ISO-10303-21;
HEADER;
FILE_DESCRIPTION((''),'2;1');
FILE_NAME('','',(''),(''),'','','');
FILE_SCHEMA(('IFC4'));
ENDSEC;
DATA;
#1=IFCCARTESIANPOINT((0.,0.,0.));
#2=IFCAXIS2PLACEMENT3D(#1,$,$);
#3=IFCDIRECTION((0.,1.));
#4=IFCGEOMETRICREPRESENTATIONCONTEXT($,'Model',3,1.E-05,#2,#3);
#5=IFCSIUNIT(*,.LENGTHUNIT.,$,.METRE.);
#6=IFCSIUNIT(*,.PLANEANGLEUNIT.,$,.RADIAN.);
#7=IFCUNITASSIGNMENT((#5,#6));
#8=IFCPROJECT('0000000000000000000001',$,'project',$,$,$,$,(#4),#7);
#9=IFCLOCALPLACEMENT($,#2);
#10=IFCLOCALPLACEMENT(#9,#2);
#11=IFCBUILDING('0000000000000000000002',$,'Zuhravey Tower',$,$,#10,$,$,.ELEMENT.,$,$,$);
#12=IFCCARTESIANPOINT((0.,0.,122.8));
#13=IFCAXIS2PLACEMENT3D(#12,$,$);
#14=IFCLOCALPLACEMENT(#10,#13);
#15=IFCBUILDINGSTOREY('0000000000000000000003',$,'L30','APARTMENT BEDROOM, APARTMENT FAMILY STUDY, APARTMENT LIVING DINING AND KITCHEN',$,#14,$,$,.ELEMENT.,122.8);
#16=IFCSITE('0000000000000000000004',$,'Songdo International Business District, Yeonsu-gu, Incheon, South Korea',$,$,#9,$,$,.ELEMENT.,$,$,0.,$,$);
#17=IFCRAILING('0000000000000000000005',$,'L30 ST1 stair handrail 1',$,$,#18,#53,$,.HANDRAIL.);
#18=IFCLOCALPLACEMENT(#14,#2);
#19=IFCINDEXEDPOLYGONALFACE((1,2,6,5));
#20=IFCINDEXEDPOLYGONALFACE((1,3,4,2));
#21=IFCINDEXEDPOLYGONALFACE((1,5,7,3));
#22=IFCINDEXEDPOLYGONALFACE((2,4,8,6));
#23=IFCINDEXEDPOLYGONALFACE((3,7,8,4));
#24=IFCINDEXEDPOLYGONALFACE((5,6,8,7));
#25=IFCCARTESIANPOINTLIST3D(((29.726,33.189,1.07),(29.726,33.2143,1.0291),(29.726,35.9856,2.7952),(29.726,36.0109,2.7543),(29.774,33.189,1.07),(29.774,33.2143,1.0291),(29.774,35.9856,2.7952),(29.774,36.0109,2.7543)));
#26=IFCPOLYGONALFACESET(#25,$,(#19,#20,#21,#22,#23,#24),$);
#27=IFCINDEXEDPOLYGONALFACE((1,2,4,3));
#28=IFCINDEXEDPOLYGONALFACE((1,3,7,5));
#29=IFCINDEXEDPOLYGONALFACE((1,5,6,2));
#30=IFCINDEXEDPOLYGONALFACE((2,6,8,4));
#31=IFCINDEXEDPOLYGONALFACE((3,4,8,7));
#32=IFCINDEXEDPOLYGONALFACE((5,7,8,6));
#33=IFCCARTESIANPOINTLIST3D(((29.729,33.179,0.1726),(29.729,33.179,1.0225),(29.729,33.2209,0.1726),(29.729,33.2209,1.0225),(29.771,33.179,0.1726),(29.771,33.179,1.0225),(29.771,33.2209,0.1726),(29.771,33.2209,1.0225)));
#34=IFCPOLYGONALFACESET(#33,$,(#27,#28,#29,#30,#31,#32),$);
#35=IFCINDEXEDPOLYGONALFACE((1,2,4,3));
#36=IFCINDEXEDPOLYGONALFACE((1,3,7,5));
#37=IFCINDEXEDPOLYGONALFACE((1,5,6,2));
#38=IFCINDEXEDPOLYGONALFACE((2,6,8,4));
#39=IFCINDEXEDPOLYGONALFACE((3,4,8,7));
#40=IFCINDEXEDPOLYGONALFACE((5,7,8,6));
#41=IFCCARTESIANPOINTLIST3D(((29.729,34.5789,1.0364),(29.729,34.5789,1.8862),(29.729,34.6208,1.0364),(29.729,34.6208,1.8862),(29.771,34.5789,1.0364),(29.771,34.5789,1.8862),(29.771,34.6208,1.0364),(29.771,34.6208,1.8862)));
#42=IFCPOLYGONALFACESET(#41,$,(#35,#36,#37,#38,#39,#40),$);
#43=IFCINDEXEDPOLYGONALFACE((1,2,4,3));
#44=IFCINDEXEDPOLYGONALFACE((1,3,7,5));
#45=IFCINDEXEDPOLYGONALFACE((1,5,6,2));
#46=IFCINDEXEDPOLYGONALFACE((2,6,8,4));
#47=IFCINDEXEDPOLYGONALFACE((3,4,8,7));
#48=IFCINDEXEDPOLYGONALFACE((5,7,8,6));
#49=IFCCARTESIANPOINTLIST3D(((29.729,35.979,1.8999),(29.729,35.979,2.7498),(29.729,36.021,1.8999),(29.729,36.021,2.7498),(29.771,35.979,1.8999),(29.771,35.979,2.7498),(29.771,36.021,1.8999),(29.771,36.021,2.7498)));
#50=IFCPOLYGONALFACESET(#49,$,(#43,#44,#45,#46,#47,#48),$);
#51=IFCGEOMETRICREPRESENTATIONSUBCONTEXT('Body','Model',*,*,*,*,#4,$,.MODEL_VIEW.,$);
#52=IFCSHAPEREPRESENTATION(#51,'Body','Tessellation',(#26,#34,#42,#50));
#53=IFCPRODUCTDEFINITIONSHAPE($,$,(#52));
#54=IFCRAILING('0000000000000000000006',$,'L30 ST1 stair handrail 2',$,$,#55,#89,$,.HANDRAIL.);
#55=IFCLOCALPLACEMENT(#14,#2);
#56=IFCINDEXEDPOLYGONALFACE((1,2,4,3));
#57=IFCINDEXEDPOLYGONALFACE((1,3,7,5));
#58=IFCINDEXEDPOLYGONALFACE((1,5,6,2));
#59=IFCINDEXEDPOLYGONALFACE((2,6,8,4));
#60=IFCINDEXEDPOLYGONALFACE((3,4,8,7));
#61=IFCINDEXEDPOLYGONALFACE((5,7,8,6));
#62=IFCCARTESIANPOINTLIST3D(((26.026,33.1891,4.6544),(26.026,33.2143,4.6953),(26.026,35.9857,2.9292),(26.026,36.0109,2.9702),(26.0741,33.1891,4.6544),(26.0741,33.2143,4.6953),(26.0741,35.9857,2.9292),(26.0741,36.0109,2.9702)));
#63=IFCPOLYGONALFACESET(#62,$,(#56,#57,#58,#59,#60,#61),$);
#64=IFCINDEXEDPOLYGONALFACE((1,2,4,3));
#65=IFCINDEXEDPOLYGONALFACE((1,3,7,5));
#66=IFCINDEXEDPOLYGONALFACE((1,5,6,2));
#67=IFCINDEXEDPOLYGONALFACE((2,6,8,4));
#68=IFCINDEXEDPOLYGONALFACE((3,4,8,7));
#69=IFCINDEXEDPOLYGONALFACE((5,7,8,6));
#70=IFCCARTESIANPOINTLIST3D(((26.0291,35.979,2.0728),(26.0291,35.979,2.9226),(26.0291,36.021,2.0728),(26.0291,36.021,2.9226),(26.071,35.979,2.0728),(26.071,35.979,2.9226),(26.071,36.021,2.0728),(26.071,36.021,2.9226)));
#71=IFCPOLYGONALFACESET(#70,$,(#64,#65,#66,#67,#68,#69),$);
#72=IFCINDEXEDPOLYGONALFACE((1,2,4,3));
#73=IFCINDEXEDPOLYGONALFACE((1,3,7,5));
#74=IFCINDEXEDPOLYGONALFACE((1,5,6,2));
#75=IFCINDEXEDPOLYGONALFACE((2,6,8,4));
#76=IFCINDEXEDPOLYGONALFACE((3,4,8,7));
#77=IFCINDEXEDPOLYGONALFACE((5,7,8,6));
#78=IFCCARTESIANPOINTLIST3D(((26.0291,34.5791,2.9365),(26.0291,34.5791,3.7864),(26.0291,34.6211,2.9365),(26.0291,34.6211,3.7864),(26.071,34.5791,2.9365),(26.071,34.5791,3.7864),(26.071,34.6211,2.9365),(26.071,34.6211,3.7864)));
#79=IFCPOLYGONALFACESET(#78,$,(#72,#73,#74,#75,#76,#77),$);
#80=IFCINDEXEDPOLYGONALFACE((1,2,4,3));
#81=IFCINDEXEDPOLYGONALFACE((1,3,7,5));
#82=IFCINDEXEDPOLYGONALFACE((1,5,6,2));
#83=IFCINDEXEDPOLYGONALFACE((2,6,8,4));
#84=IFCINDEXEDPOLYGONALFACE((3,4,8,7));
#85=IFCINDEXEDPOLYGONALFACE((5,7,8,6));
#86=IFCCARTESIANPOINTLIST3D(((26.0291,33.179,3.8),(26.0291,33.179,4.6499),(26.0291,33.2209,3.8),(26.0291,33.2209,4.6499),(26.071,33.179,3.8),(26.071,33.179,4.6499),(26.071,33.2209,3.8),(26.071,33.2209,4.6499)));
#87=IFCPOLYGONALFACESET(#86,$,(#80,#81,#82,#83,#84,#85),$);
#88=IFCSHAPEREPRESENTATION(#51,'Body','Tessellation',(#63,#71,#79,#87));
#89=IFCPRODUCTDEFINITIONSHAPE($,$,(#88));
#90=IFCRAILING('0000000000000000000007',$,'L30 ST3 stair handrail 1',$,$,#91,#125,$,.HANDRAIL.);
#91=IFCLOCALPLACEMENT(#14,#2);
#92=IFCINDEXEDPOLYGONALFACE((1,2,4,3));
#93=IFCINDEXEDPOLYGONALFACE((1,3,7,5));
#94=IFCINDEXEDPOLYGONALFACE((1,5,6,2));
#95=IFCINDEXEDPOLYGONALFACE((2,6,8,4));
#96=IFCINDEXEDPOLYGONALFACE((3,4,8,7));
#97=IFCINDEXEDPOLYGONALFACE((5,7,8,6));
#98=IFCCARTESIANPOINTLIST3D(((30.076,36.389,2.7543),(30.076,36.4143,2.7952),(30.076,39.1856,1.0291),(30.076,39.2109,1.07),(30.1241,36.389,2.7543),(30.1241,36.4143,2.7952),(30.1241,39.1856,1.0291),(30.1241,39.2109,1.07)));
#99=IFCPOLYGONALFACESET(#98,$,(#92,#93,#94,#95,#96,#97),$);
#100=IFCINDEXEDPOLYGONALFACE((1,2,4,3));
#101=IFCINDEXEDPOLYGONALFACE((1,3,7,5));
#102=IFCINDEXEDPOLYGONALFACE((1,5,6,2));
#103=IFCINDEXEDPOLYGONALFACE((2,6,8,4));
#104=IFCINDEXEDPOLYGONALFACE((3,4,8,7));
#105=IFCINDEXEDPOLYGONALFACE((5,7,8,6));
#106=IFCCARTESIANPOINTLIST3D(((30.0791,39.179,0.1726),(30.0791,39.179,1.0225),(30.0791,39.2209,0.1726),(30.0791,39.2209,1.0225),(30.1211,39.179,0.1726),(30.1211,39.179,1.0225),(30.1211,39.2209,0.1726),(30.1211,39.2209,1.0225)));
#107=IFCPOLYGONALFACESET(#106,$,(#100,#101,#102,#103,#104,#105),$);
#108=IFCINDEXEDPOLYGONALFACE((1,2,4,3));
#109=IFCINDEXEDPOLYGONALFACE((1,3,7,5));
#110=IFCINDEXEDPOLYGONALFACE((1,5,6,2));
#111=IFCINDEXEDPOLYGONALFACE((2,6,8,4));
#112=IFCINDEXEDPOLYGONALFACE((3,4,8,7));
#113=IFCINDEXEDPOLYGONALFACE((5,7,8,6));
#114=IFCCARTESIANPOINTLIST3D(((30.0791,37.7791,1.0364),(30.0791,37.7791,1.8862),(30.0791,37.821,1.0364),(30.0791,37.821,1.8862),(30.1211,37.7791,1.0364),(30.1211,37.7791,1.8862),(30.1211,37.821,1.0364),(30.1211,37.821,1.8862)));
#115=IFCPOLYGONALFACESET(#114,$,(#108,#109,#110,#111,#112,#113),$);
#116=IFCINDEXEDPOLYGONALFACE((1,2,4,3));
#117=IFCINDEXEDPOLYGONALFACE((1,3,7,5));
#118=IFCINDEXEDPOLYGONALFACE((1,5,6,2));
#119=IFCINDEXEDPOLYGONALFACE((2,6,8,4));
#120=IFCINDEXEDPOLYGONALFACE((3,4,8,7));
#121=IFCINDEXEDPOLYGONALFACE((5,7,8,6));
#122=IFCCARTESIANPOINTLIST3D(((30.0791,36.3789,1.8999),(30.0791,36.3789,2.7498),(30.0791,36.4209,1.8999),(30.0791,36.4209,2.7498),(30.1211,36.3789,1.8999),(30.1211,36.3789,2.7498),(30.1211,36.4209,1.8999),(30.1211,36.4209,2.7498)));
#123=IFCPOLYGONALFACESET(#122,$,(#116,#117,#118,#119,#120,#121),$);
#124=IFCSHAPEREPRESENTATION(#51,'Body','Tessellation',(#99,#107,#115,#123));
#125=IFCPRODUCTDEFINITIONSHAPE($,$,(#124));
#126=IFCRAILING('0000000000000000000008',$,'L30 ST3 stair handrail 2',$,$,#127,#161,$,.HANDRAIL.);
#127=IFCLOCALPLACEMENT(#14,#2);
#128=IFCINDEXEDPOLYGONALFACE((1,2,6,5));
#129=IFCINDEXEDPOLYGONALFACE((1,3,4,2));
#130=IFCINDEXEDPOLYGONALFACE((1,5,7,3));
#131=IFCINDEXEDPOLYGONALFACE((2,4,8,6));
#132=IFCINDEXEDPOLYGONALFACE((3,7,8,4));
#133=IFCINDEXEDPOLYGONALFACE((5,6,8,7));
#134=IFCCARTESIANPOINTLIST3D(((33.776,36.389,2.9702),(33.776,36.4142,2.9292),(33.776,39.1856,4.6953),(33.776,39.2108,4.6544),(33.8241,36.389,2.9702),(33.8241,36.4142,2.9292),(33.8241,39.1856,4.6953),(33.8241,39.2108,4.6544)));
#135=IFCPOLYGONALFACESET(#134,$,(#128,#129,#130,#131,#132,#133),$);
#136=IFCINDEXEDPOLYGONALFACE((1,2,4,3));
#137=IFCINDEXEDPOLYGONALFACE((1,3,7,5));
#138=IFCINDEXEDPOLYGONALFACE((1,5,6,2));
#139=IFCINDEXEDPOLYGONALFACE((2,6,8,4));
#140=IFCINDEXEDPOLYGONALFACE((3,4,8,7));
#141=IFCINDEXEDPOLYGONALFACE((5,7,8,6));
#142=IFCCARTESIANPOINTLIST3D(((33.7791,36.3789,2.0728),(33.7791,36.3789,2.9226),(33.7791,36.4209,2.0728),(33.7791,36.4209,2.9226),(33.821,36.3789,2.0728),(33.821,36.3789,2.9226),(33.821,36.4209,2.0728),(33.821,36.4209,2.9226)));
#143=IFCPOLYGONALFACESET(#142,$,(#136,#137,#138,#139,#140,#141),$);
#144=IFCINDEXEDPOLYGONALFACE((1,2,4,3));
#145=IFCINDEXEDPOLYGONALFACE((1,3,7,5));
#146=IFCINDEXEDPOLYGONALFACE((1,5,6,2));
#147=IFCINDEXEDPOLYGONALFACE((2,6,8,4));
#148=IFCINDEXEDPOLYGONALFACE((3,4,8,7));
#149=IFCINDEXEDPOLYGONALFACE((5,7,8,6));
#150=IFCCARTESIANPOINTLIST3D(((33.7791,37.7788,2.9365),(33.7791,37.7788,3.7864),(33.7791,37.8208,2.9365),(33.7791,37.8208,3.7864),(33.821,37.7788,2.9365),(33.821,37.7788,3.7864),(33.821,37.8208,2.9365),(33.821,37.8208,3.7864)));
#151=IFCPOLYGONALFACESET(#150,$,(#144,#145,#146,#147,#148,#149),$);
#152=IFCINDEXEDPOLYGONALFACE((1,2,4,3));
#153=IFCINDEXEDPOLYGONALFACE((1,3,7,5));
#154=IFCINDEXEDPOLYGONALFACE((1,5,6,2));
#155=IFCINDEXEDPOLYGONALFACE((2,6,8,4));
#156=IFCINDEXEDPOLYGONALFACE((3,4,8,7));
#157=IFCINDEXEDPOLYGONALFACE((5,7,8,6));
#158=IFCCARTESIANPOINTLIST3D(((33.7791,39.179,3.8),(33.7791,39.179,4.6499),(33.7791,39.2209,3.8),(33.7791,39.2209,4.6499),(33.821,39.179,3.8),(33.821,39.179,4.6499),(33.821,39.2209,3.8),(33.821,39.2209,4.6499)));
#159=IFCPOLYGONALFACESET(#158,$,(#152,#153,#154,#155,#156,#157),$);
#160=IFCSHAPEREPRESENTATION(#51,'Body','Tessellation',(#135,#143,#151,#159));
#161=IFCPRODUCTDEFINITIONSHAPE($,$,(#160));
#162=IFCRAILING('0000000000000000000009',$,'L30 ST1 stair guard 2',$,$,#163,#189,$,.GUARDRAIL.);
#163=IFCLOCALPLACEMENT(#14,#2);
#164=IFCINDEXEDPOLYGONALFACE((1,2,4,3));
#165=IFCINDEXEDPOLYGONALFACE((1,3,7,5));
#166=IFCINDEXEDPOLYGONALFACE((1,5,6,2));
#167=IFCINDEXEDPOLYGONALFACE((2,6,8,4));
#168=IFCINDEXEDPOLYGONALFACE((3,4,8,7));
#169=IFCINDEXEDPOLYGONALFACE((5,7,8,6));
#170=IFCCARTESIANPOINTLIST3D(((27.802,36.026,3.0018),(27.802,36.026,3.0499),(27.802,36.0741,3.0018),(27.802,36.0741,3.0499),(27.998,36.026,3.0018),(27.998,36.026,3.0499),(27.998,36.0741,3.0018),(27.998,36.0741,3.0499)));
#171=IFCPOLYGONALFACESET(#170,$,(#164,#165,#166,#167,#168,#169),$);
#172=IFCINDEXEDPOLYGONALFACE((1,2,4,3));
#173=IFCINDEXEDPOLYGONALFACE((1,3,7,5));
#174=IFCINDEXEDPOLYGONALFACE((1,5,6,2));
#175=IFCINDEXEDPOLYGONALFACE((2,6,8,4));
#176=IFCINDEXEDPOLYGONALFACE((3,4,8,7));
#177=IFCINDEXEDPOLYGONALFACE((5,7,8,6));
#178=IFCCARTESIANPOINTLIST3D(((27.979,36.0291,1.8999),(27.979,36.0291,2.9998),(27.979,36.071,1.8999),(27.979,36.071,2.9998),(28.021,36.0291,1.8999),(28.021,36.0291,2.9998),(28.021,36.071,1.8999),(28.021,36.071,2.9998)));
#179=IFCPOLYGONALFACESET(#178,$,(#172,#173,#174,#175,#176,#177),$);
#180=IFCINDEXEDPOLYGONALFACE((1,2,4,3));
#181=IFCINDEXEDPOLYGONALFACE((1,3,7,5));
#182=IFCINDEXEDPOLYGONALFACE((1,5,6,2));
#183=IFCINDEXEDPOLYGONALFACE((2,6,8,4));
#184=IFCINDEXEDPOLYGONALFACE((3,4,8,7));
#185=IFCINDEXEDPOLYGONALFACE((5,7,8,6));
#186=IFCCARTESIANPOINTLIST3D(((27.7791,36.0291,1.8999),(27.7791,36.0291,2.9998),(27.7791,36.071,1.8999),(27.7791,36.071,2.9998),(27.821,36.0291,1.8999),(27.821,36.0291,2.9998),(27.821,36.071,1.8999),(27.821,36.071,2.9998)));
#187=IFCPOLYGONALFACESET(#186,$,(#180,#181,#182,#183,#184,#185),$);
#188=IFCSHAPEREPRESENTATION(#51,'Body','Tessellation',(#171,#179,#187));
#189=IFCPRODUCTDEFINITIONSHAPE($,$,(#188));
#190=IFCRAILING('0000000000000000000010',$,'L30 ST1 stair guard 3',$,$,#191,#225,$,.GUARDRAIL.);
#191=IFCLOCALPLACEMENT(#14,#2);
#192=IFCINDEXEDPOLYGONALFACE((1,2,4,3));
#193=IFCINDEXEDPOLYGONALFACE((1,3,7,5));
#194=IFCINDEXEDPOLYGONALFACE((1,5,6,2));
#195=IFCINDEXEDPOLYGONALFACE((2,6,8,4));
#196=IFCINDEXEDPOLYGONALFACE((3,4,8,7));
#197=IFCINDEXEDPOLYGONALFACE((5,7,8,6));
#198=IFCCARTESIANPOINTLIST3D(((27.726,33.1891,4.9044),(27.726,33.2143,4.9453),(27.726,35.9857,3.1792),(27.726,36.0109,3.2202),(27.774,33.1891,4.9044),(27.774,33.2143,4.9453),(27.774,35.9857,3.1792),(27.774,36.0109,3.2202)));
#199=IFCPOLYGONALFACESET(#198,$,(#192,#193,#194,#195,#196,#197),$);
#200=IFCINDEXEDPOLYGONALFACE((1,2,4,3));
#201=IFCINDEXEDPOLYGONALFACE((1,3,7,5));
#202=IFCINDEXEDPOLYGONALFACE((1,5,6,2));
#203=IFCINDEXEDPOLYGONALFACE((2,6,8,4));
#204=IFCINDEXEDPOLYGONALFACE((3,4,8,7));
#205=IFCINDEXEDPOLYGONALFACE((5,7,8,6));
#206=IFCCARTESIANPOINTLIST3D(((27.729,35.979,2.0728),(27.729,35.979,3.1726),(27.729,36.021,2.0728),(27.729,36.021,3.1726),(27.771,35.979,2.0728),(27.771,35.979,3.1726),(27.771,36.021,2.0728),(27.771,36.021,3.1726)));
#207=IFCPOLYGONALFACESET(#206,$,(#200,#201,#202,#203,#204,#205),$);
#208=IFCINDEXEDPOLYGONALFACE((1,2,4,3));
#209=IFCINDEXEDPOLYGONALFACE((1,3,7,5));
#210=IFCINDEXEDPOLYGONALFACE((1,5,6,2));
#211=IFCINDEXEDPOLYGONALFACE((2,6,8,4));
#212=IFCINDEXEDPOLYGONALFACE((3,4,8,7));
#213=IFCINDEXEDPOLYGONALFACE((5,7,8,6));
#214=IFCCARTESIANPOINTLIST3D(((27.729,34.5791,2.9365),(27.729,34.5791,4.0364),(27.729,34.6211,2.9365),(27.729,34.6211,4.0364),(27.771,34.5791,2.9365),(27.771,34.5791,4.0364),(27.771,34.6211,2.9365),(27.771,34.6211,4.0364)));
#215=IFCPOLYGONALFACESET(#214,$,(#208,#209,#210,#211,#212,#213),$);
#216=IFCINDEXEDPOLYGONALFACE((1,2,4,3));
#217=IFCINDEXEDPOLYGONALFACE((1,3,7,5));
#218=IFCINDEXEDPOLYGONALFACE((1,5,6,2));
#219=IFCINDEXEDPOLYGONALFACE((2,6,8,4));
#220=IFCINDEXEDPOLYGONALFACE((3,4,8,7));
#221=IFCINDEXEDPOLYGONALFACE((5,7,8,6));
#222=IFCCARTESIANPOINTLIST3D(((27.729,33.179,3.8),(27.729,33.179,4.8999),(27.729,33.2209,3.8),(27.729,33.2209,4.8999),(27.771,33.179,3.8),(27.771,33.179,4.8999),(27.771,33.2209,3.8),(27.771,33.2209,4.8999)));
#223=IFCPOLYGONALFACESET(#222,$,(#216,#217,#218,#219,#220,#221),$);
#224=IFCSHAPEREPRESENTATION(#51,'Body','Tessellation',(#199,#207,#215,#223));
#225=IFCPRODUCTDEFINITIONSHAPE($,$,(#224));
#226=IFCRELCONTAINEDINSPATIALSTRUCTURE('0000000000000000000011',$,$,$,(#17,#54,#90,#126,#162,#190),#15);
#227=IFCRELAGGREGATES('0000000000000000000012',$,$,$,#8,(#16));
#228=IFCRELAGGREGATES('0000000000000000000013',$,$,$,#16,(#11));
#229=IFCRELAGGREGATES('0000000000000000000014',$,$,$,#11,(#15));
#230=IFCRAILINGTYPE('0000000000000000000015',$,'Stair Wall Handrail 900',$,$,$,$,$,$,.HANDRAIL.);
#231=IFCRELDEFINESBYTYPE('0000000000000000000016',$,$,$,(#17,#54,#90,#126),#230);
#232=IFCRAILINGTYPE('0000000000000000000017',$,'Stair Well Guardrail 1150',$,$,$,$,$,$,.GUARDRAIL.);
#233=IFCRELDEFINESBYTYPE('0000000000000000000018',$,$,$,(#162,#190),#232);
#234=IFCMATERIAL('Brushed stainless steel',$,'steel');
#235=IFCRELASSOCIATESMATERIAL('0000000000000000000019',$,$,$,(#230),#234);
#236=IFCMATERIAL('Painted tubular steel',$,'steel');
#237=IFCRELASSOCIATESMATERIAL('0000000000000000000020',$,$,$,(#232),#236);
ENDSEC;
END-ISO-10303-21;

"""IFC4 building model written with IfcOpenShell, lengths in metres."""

from ifc_helpers import new_model, si_unit, direction, frame, origin, origin_2d, place, context, subcontext, project, spatial, rectangle, extrude, material, type_object, element, save


model = new_model("IFC4")

# Units and contexts
model_context = context("Model", 3, precision=1e-05, world=origin(), true_north=direction((0.0, 1.0)))
body_context = subcontext(model_context, "Body", "Model", "MODEL_VIEW")
ifc_project = project(units=[si_unit("LENGTHUNIT", "METRE"), si_unit("PLANEANGLEUNIT", "RADIAN")], contexts=[model_context])

# Site, building, storey
site_placement = place(None, origin())
site = spatial("IfcSite", under=ifc_project, at=site_placement, Name="Songdo International Business District, Yeonsu-gu, Incheon, South Korea", CompositionType="ELEMENT", RefElevation=0.0)
building_placement = place(site_placement, origin())
building = spatial("IfcBuilding", under=site, at=building_placement, Name="Zuhravey Tower", CompositionType="ELEMENT")
storey_placement = place(building_placement, frame((0.0, 0.0, 122.8)))
storey = spatial("IfcBuildingStorey", under=building, at=storey_placement, Name="L30", Description="APARTMENT BEDROOM, APARTMENT FAMILY STUDY, APARTMENT LIVING DINING AND KITCHEN", CompositionType="ELEMENT", Elevation=122.8)

# Railings
ifc_material_1 = material(Name="Brushed stainless steel", Category="steel")
railing_type_1 = type_object("IfcRailingType", Name="Stair Wall Handrail 900", PredefinedType="HANDRAIL", material=ifc_material_1)
railing_1_placement = place(storey_placement, frame((29.75, 33.2, 0.1726)))
element("IfcRailing", 1, at=railing_1_placement, inside=storey, type_object=railing_type_1, Name="L30 ST1 stair handrail 1", PredefinedType="HANDRAIL", context=body_context, shape_type="SweptSolid", body=[
    extrude(rectangle(XDim=0.0481, YDim=0.0481, at=origin_2d()), frame((0.0, 0.0017, 0.877), z_axis=(0.0, 0.85109, 0.52502), x_axis=(-1.0, 0.0, 0.0)), (0.0, 0.0, 1.0), 3.2859),
    extrude(rectangle(XDim=0.042, YDim=0.042, at=origin_2d()), origin(), (0.0, 0.0, 1.0), 0.8499),
    extrude(rectangle(XDim=0.042, YDim=0.042, at=origin_2d()), frame((0.0, 1.3999, 0.8638)), (0.0, 0.0, 1.0), 0.8499),
    extrude(rectangle(XDim=0.042, YDim=0.042, at=origin_2d()), frame((0.0, 2.8, 1.7273)), (0.0, 0.0, 1.0), 0.8499),
])
for number, where, name in (
    (2, (26.05, 36.0, 2.0728), "L30 ST1 stair handrail 2"),
    (3, (30.1001, 39.2, 0.1726), "L30 ST3 stair handrail 1"),
):
    element("IfcRailing", number, at=place(storey_placement, frame(where)), inside=storey, type_object=railing_type_1, Name=name, PredefinedType="HANDRAIL", context=body_context, shape_type="SweptSolid", body=[
        extrude(rectangle(XDim=0.0481, YDim=0.0481, at=origin_2d()), frame((0.0, -0.0017, 0.877), z_axis=(0.0, -0.85109, 0.52502), x_axis=(1.0, 0.0, 0.0)), (0.0, 0.0, 1.0), 3.2859),
        extrude(rectangle(XDim=0.042, YDim=0.042, at=origin_2d()), origin(), (0.0, 0.0, 1.0), 0.8499),
        extrude(rectangle(XDim=0.042, YDim=0.042, at=origin_2d()), frame((0.0, -1.3999, 0.8638)), (0.0, 0.0, 1.0), 0.8499),
        extrude(rectangle(XDim=0.042, YDim=0.042, at=origin_2d()), frame((0.0, -2.8, 1.7273)), (0.0, 0.0, 1.0), 0.8499),
    ])
railing_2_placement = place(storey_placement, frame((33.8, 36.3999, 2.0728)))
element("IfcRailing", 4, at=railing_2_placement, inside=storey, type_object=railing_type_1, Name="L30 ST3 stair handrail 2", PredefinedType="HANDRAIL", context=body_context, shape_type="SweptSolid", body=[
    extrude(rectangle(XDim=0.0481, YDim=0.0481, at=origin_2d()), frame((0.0, 0.0017, 0.877), z_axis=(0.0, 0.85109, 0.52502), x_axis=(-1.0, 0.0, 0.0)), (0.0, 0.0, 1.0), 3.2859),
    extrude(rectangle(XDim=0.042, YDim=0.042, at=origin_2d()), origin(), (0.0, 0.0, 1.0), 0.8499),
    extrude(rectangle(XDim=0.042, YDim=0.042, at=origin_2d()), frame((0.0, 1.3999, 0.8638)), (0.0, 0.0, 1.0), 0.8499),
    extrude(rectangle(XDim=0.042, YDim=0.042, at=origin_2d()), frame((0.0, 2.8, 1.7273)), (0.0, 0.0, 1.0), 0.8499),
])
ifc_material_2 = material(Name="Painted tubular steel", Category="steel")
railing_type_2 = type_object("IfcRailingType", Name="Stair Well Guardrail 1150", PredefinedType="GUARDRAIL", material=ifc_material_2)
railing_3_placement = place(storey_placement, frame((28.0, 36.05, 1.8999)))
element("IfcRailing", 5, at=railing_3_placement, inside=storey, type_object=railing_type_2, Name="L30 ST1 stair guard 2", PredefinedType="GUARDRAIL", context=body_context, shape_type="SweptSolid", body=[
    extrude(rectangle(XDim=0.0481, YDim=0.0481, at=origin_2d()), frame((-0.002, 0.0, 1.126), z_axis=(-1.0, 0.0, 0.0), x_axis=(0.0, -1.0, 0.0)), (0.0, 0.0, 1.0), 0.196),
    extrude(rectangle(XDim=0.042, YDim=0.042, at=origin_2d()), origin(), (0.0, 0.0, 1.0), 1.0999),
    extrude(rectangle(XDim=0.042, YDim=0.042, at=origin_2d()), frame((-0.2, 0.0, 0.0)), (0.0, 0.0, 1.0), 1.0999),
])
for number, where, name in (
    (6, (27.75, 36.0, 2.0728), "L30 ST1 stair guard 3"),
):
    element("IfcRailing", number, at=place(storey_placement, frame(where)), inside=storey, type_object=railing_type_2, Name=name, PredefinedType="GUARDRAIL", context=body_context, shape_type="SweptSolid", body=[
        extrude(rectangle(XDim=0.0481, YDim=0.0481, at=origin_2d()), frame((0.0, -0.0017, 1.127), z_axis=(0.0, -0.85109, 0.52502), x_axis=(1.0, 0.0, 0.0)), (0.0, 0.0, 1.0), 3.2859),
        extrude(rectangle(XDim=0.042, YDim=0.042, at=origin_2d()), origin(), (0.0, 0.0, 1.0), 1.0999),
        extrude(rectangle(XDim=0.042, YDim=0.042, at=origin_2d()), frame((0.0, -1.3999, 0.8638)), (0.0, 0.0, 1.0), 1.0999),
        extrude(rectangle(XDim=0.042, YDim=0.042, at=origin_2d()), frame((0.0, -2.8, 1.7273)), (0.0, 0.0, 1.0), 1.0999),
    ])

save(model, "model.ifc")
